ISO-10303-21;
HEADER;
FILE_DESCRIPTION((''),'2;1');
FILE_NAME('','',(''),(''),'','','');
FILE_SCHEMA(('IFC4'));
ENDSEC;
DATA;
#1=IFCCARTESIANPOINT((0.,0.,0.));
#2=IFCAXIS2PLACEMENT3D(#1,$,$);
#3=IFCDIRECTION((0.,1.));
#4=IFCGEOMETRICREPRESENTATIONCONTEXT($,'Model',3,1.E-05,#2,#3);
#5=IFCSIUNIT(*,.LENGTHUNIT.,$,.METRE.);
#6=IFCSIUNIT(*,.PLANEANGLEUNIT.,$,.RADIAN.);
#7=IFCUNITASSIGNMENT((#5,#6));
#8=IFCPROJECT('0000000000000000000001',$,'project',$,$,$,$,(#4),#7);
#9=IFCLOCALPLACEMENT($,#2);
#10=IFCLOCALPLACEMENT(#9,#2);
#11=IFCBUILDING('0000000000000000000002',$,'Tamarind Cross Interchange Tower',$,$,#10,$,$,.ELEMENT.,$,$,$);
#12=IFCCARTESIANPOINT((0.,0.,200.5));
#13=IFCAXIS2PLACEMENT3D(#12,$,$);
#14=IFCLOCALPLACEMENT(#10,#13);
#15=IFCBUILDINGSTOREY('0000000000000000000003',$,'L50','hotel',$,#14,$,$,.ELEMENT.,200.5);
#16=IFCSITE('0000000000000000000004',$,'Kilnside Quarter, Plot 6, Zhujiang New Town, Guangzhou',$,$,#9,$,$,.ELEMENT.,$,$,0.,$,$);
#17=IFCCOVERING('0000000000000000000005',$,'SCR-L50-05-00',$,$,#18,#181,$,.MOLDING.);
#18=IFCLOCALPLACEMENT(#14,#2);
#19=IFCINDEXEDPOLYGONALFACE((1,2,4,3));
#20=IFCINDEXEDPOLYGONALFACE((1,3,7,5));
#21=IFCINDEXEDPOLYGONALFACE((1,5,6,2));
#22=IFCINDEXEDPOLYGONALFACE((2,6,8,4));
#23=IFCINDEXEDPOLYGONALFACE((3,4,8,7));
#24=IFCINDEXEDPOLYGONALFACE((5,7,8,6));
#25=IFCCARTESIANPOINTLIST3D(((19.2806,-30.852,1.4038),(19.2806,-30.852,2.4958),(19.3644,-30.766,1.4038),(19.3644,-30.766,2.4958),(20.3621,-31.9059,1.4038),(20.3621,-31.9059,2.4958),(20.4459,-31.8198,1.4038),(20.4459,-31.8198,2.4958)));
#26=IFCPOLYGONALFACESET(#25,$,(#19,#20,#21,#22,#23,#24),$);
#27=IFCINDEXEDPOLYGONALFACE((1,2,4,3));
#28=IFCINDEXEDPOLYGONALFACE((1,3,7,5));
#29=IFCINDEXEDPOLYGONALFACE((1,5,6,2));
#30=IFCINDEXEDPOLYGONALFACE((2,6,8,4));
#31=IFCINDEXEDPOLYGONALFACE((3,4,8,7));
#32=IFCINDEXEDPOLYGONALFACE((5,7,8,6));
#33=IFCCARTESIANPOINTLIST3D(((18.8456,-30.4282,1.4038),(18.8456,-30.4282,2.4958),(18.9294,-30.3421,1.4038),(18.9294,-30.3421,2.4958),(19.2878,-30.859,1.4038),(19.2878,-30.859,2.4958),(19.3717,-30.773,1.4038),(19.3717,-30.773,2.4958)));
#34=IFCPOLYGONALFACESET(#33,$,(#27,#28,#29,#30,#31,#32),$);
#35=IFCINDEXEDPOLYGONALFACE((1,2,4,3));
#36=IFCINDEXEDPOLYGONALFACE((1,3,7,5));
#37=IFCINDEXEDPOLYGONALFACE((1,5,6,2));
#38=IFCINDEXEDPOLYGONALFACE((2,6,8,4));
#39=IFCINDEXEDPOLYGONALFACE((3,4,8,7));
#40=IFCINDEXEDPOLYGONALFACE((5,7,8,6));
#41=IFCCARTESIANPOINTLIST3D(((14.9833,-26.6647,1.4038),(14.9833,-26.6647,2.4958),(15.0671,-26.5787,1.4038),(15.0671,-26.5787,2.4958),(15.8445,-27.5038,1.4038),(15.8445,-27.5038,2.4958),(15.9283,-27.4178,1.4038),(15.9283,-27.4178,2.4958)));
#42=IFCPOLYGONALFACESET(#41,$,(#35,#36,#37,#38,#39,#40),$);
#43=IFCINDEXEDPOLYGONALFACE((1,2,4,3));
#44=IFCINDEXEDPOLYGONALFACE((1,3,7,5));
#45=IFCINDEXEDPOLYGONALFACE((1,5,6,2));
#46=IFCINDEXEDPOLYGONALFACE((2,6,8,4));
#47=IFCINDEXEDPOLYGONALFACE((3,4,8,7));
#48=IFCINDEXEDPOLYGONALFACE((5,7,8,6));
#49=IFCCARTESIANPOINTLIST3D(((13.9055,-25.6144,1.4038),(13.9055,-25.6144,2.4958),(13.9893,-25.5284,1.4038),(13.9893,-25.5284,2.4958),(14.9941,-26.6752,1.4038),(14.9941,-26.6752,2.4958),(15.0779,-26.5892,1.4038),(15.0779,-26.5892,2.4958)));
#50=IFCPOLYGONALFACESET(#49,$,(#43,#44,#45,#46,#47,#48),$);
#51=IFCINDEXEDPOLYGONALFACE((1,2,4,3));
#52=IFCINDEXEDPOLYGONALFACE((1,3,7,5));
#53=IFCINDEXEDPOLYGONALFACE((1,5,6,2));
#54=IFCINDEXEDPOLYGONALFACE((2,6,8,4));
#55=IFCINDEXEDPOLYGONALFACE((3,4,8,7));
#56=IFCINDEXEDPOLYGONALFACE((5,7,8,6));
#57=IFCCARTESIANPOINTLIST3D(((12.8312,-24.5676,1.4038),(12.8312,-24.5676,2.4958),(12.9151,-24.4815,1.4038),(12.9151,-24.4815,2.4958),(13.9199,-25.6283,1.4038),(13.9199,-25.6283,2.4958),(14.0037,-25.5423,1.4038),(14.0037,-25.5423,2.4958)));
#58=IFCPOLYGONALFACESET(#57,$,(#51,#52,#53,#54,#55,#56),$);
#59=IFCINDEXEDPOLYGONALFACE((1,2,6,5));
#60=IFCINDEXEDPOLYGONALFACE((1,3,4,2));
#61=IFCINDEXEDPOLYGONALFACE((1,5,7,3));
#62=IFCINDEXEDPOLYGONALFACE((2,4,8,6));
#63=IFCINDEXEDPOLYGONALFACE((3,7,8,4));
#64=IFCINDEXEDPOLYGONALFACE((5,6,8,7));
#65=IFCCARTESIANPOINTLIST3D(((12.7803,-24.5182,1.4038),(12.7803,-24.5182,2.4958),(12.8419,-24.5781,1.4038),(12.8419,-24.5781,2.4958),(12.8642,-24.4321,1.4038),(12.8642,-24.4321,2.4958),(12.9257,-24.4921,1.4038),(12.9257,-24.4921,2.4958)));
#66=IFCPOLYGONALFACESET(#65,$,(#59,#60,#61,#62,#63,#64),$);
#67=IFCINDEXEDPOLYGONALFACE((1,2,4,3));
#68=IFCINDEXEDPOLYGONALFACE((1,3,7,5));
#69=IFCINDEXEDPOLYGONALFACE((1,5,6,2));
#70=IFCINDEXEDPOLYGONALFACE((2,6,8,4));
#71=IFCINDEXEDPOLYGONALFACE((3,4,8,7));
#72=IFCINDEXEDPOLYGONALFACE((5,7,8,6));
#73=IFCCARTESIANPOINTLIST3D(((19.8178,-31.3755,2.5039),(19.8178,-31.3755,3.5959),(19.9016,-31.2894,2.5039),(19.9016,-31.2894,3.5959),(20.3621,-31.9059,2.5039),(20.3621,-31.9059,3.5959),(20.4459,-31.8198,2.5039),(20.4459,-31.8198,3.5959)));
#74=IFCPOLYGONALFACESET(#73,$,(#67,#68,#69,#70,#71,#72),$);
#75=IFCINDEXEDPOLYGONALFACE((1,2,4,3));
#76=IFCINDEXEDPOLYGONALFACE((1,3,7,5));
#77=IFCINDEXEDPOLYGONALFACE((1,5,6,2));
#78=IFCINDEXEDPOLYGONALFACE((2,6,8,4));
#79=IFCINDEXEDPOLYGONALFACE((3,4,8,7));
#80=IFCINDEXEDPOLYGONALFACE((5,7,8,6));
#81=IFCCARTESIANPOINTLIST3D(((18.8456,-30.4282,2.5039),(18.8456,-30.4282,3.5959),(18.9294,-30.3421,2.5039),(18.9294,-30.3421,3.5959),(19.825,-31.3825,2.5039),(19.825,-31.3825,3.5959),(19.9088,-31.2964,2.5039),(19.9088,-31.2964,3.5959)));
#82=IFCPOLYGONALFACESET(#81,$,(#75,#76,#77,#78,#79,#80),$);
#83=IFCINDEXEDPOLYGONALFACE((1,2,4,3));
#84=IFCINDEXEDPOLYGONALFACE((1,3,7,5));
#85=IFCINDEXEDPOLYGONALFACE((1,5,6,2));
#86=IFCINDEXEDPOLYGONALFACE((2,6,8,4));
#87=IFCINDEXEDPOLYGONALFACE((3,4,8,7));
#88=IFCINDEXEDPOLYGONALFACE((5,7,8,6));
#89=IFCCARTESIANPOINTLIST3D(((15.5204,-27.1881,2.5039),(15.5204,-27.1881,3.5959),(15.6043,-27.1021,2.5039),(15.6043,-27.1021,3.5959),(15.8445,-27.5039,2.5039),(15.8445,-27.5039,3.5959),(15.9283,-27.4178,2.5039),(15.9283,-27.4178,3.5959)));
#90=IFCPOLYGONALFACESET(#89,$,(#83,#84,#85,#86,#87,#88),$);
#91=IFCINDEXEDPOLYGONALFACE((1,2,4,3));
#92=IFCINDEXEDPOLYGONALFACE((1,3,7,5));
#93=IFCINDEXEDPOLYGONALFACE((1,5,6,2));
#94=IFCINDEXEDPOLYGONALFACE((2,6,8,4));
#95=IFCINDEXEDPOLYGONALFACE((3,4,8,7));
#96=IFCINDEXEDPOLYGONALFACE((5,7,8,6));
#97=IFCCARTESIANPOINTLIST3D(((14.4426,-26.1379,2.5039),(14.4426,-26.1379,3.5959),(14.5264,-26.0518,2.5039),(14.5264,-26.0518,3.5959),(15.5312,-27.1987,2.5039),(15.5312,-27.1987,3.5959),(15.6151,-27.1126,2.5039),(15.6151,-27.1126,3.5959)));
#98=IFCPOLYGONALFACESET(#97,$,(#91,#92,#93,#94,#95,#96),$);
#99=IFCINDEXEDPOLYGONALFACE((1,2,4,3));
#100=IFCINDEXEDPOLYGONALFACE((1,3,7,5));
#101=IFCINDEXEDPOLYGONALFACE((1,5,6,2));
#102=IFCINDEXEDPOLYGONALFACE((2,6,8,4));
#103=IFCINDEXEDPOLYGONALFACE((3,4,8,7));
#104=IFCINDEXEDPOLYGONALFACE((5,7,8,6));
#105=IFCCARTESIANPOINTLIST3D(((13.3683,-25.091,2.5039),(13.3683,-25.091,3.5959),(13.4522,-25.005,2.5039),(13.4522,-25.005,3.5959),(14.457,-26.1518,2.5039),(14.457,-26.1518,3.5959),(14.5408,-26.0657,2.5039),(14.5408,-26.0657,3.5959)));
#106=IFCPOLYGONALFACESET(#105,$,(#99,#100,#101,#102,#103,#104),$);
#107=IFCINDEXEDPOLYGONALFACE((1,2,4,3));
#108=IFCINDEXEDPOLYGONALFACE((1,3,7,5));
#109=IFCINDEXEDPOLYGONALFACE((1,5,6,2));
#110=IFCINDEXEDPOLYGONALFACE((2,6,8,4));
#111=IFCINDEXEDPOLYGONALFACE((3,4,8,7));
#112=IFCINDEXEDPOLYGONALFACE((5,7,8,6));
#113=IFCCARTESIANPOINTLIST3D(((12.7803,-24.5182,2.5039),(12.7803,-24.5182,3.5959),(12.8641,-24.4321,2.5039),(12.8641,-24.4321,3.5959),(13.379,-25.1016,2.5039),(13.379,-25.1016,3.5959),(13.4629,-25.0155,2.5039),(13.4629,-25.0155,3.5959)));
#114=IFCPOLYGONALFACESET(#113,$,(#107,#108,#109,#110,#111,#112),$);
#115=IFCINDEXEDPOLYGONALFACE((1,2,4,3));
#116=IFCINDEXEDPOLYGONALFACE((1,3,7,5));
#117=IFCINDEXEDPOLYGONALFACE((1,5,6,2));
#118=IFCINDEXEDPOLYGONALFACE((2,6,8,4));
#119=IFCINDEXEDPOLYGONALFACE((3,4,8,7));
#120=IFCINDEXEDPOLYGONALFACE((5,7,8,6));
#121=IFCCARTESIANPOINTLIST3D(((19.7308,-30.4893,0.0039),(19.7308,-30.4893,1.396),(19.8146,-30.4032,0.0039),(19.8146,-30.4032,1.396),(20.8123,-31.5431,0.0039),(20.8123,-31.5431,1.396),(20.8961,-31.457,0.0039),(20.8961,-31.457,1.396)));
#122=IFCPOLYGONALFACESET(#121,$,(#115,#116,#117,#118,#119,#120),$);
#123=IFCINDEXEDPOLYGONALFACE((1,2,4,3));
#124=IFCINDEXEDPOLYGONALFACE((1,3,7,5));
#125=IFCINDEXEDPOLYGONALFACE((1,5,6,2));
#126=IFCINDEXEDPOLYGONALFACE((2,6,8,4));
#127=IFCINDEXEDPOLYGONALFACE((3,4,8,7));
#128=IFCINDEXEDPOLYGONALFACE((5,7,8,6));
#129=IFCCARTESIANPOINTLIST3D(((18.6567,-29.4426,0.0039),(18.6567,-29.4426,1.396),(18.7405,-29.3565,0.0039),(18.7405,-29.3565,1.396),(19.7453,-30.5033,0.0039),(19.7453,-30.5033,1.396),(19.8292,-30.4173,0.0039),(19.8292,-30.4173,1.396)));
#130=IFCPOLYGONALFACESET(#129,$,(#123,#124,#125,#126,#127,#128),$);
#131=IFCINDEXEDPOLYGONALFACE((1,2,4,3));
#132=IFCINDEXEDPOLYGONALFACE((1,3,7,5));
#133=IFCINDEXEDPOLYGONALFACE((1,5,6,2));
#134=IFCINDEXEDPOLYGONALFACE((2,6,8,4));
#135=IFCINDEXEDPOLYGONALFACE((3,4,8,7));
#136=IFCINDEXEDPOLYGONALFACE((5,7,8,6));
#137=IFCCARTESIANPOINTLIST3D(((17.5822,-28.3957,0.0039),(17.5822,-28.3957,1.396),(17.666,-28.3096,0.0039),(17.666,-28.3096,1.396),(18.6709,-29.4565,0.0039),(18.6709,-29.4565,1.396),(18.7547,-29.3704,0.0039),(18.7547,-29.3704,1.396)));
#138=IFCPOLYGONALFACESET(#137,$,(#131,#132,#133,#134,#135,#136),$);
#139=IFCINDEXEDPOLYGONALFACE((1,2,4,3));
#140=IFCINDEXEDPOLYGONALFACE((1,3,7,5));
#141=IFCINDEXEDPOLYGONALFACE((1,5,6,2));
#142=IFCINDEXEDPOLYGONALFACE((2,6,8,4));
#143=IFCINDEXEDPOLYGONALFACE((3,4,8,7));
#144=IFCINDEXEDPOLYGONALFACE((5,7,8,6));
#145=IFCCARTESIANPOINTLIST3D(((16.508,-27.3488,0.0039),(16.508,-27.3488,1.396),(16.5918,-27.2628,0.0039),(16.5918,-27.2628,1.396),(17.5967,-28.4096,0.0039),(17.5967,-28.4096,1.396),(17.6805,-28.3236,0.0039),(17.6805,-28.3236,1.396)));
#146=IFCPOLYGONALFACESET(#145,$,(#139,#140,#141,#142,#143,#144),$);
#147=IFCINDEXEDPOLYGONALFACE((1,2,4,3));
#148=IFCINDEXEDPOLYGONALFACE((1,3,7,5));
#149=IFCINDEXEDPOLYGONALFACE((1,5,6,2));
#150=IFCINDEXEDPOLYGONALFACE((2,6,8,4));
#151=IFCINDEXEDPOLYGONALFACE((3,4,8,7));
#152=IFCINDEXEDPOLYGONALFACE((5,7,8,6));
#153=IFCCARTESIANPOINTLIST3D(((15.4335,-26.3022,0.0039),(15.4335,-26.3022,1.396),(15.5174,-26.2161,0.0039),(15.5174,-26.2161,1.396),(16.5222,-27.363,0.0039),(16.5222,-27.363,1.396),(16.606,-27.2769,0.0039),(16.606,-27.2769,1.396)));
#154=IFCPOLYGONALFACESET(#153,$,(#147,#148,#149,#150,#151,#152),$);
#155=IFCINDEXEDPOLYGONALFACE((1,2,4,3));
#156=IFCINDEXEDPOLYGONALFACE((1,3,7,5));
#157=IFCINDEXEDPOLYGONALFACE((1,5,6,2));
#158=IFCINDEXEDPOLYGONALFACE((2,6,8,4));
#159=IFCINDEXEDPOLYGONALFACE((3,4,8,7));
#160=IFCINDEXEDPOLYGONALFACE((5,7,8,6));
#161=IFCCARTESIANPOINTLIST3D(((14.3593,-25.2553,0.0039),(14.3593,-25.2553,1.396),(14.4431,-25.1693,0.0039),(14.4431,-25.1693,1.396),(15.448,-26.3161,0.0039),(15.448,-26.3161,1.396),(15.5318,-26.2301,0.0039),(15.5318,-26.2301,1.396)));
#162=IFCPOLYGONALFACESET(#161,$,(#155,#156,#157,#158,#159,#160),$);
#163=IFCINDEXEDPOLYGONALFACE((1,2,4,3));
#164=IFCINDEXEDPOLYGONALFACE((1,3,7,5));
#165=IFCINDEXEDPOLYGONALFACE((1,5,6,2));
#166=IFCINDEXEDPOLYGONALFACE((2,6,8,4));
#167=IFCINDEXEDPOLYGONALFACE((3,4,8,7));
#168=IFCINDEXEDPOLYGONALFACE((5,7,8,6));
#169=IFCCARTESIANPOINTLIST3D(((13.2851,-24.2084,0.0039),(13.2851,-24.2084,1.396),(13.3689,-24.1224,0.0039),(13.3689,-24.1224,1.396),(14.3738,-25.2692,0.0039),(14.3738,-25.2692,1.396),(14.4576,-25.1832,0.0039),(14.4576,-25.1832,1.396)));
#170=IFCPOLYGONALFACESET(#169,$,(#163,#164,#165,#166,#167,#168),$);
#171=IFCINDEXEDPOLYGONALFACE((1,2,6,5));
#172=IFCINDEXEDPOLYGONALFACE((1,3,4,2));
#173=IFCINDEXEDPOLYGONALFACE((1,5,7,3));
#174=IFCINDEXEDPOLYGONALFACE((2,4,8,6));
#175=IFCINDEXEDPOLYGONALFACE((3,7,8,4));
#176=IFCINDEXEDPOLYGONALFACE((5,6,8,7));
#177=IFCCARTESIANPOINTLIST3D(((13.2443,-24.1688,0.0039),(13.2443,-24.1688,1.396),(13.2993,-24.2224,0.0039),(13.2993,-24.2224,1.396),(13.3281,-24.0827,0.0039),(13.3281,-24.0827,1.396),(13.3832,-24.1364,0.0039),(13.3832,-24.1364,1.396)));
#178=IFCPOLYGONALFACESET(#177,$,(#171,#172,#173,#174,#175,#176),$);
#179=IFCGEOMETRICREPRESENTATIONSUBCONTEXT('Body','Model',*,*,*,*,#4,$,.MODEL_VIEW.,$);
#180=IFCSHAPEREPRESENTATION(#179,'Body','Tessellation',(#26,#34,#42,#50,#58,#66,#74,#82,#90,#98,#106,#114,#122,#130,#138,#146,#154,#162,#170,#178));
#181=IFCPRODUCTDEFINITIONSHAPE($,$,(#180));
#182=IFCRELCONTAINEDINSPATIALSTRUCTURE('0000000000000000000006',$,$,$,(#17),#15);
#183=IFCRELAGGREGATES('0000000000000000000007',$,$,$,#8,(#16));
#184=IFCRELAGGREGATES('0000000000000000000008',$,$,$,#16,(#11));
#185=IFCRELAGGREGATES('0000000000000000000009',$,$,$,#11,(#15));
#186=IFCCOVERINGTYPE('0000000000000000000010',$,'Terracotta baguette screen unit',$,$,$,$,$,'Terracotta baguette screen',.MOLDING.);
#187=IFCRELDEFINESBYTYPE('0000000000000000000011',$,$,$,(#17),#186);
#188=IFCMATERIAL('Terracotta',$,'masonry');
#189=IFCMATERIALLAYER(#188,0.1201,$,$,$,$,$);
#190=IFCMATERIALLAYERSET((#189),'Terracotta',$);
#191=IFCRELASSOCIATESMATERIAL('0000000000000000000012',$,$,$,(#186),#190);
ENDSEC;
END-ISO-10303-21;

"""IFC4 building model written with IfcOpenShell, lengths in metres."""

from ifc_helpers import new_model, si_unit, direction, frame, origin, origin_2d, place, context, subcontext, project, spatial, rectangle, extrude, material, layer, layer_set, type_object, element, save


model = new_model("IFC4")

# Units and contexts
model_context = context("Model", 3, precision=1e-05, world=origin(), true_north=direction((0.0, 1.0)))
body_context = subcontext(model_context, "Body", "Model", "MODEL_VIEW")
ifc_project = project(units=[si_unit("LENGTHUNIT", "METRE"), si_unit("PLANEANGLEUNIT", "RADIAN")], contexts=[model_context])

# Site, building, storey
site_placement = place(None, origin())
site = spatial("IfcSite", under=ifc_project, at=site_placement, Name="Kilnside Quarter, Plot 6, Zhujiang New Town, Guangzhou", CompositionType="ELEMENT", RefElevation=0.0)
building_placement = place(site_placement, origin())
building = spatial("IfcBuilding", under=site, at=building_placement, Name="Tamarind Cross Interchange Tower", CompositionType="ELEMENT")
storey_placement = place(building_placement, frame((0.0, 0.0, 200.5)))
storey = spatial("IfcBuildingStorey", under=building, at=storey_placement, Name="L50", Description="hotel", CompositionType="ELEMENT", Elevation=200.5)

# Covering
ifc_material_1 = material(Name="Terracotta", Category="masonry")
ifc_layer_1 = layer(ifc_material_1, 0.1201)
ifc_layer_set_1 = layer_set([ifc_layer_1], Name="Terracotta")
covering_type = type_object("IfcCoveringType", Name="Terracotta baguette screen unit", ElementType="Terracotta baguette screen", PredefinedType="MOLDING", material=ifc_layer_set_1)
covering_1_placement = place(storey_placement, origin())
element("IfcCovering", 1, at=covering_1_placement, inside=storey, type_object=covering_type, Name="SCR-L50-05-00", PredefinedType="MOLDING", context=body_context, shape_type="SweptSolid", body=[
    extrude(rectangle(XDim=1.51, YDim=0.1201, at=origin_2d()), frame((19.8633, -31.3359, 1.4038), z_axis=(0.0, 0.0, 1.0), x_axis=(-0.716215, 0.69788, 0.0)), (0.0, 0.0, 1.0), 1.092),
    extrude(rectangle(XDim=0.6174, YDim=0.1201, at=origin_2d()), frame((19.1086, -30.6006, 1.4038), z_axis=(0.0, 0.0, 1.0), x_axis=(-0.716215, 0.69788, 0.0)), (0.0, 0.0, 1.0), 1.092),
    extrude(rectangle(XDim=1.2024, YDim=0.1201, at=origin_2d()), frame((15.4558, -27.0413, 1.4038), z_axis=(0.0, 0.0, 1.0), x_axis=(-0.716215, 0.69788, 0.0)), (0.0, 0.0, 1.0), 1.092),
    extrude(rectangle(XDim=1.52, YDim=0.1201, at=origin_2d()), frame((14.4917, -26.1018, 1.4038), z_axis=(0.0, 0.0, 1.0), x_axis=(-0.716215, 0.69788, 0.0)), (0.0, 0.0, 1.0), 1.092),
    extrude(rectangle(XDim=1.52, YDim=0.1201, at=origin_2d()), frame((13.4175, -25.0549, 1.4038), z_axis=(0.0, 0.0, 1.0), x_axis=(-0.716215, 0.69788, 0.0)), (0.0, 0.0, 1.0), 1.092),
    extrude(rectangle(XDim=0.0859, YDim=0.1201, at=origin_2d()), frame((12.853, -24.5051, 1.4038), z_axis=(0.0, 0.0, 1.0), x_axis=(-0.716215, 0.69788, 0.0)), (0.0, 0.0, 1.0), 1.092),
    extrude(rectangle(XDim=0.76, YDim=0.1201, at=origin_2d()), frame((20.1318, -31.5977, 2.5039), z_axis=(0.0, 0.0, 1.0), x_axis=(-0.716215, 0.69788, 0.0)), (0.0, 0.0, 1.0), 1.092),
    extrude(rectangle(XDim=1.3674, YDim=0.1201, at=origin_2d()), frame((19.3772, -30.8623, 2.5039), z_axis=(0.0, 0.0, 1.0), x_axis=(-0.716215, 0.69788, 0.0)), (0.0, 0.0, 1.0), 1.092),
    extrude(rectangle(XDim=0.4524, YDim=0.1201, at=origin_2d()), frame((15.7244, -27.303, 2.5039), z_axis=(0.0, 0.0, 1.0), x_axis=(-0.716215, 0.69788, 0.0)), (0.0, 0.0, 1.0), 1.092),
    extrude(rectangle(XDim=1.52, YDim=0.1201, at=origin_2d()), frame((15.0288, -26.6252, 2.5039), z_axis=(0.0, 0.0, 1.0), x_axis=(-0.716215, 0.69788, 0.0)), (0.0, 0.0, 1.0), 1.092),
    extrude(rectangle(XDim=1.52, YDim=0.1201, at=origin_2d()), frame((13.9546, -25.5784, 2.5039), z_axis=(0.0, 0.0, 1.0), x_axis=(-0.716215, 0.69788, 0.0)), (0.0, 0.0, 1.0), 1.092),
    extrude(rectangle(XDim=0.8359, YDim=0.1201, at=origin_2d()), frame((13.1216, -24.7668, 2.5039), z_axis=(0.0, 0.0, 1.0), x_axis=(-0.716215, 0.69788, 0.0)), (0.0, 0.0, 1.0), 1.092),
    extrude(rectangle(XDim=1.51, YDim=0.1201, at=origin_2d()), frame((20.3135, -30.9731, 0.0039), z_axis=(0.0, 0.0, 1.0), x_axis=(-0.716215, 0.69788, 0.0)), (0.0, 0.0, 1.0), 1.3921),
    extrude(rectangle(XDim=1.52, YDim=0.1201, at=origin_2d()), frame((19.2429, -29.9299, 0.0039), z_axis=(0.0, 0.0, 1.0), x_axis=(-0.716215, 0.69788, 0.0)), (0.0, 0.0, 1.0), 1.3921),
    extrude(rectangle(XDim=1.52, YDim=0.1201, at=origin_2d()), frame((18.1685, -28.8831, 0.0039), z_axis=(0.0, 0.0, 1.0), x_axis=(-0.716215, 0.69788, 0.0)), (0.0, 0.0, 1.0), 1.3921),
    extrude(rectangle(XDim=1.52, YDim=0.1201, at=origin_2d()), frame((17.0942, -27.8362, 0.0039), z_axis=(0.0, 0.0, 1.0), x_axis=(-0.716215, 0.69788, 0.0)), (0.0, 0.0, 1.0), 1.3921),
    extrude(rectangle(XDim=1.52, YDim=0.1201, at=origin_2d()), frame((16.0198, -26.7896, 0.0039), z_axis=(0.0, 0.0, 1.0), x_axis=(-0.716215, 0.69788, 0.0)), (0.0, 0.0, 1.0), 1.3921),
    extrude(rectangle(XDim=1.52, YDim=0.1201, at=origin_2d()), frame((14.9456, -25.7427, 0.0039), z_axis=(0.0, 0.0, 1.0), x_axis=(-0.716215, 0.69788, 0.0)), (0.0, 0.0, 1.0), 1.3921),
    extrude(rectangle(XDim=1.52, YDim=0.1201, at=origin_2d()), frame((13.8713, -24.6958, 0.0039), z_axis=(0.0, 0.0, 1.0), x_axis=(-0.716215, 0.69788, 0.0)), (0.0, 0.0, 1.0), 1.3921),
    extrude(rectangle(XDim=0.0769, YDim=0.1201, at=origin_2d()), frame((13.3137, -24.1526, 0.0039), z_axis=(0.0, 0.0, 1.0), x_axis=(-0.716215, 0.69788, 0.0)), (0.0, 0.0, 1.0), 1.3921),
])

save(model, "model.ifc")
